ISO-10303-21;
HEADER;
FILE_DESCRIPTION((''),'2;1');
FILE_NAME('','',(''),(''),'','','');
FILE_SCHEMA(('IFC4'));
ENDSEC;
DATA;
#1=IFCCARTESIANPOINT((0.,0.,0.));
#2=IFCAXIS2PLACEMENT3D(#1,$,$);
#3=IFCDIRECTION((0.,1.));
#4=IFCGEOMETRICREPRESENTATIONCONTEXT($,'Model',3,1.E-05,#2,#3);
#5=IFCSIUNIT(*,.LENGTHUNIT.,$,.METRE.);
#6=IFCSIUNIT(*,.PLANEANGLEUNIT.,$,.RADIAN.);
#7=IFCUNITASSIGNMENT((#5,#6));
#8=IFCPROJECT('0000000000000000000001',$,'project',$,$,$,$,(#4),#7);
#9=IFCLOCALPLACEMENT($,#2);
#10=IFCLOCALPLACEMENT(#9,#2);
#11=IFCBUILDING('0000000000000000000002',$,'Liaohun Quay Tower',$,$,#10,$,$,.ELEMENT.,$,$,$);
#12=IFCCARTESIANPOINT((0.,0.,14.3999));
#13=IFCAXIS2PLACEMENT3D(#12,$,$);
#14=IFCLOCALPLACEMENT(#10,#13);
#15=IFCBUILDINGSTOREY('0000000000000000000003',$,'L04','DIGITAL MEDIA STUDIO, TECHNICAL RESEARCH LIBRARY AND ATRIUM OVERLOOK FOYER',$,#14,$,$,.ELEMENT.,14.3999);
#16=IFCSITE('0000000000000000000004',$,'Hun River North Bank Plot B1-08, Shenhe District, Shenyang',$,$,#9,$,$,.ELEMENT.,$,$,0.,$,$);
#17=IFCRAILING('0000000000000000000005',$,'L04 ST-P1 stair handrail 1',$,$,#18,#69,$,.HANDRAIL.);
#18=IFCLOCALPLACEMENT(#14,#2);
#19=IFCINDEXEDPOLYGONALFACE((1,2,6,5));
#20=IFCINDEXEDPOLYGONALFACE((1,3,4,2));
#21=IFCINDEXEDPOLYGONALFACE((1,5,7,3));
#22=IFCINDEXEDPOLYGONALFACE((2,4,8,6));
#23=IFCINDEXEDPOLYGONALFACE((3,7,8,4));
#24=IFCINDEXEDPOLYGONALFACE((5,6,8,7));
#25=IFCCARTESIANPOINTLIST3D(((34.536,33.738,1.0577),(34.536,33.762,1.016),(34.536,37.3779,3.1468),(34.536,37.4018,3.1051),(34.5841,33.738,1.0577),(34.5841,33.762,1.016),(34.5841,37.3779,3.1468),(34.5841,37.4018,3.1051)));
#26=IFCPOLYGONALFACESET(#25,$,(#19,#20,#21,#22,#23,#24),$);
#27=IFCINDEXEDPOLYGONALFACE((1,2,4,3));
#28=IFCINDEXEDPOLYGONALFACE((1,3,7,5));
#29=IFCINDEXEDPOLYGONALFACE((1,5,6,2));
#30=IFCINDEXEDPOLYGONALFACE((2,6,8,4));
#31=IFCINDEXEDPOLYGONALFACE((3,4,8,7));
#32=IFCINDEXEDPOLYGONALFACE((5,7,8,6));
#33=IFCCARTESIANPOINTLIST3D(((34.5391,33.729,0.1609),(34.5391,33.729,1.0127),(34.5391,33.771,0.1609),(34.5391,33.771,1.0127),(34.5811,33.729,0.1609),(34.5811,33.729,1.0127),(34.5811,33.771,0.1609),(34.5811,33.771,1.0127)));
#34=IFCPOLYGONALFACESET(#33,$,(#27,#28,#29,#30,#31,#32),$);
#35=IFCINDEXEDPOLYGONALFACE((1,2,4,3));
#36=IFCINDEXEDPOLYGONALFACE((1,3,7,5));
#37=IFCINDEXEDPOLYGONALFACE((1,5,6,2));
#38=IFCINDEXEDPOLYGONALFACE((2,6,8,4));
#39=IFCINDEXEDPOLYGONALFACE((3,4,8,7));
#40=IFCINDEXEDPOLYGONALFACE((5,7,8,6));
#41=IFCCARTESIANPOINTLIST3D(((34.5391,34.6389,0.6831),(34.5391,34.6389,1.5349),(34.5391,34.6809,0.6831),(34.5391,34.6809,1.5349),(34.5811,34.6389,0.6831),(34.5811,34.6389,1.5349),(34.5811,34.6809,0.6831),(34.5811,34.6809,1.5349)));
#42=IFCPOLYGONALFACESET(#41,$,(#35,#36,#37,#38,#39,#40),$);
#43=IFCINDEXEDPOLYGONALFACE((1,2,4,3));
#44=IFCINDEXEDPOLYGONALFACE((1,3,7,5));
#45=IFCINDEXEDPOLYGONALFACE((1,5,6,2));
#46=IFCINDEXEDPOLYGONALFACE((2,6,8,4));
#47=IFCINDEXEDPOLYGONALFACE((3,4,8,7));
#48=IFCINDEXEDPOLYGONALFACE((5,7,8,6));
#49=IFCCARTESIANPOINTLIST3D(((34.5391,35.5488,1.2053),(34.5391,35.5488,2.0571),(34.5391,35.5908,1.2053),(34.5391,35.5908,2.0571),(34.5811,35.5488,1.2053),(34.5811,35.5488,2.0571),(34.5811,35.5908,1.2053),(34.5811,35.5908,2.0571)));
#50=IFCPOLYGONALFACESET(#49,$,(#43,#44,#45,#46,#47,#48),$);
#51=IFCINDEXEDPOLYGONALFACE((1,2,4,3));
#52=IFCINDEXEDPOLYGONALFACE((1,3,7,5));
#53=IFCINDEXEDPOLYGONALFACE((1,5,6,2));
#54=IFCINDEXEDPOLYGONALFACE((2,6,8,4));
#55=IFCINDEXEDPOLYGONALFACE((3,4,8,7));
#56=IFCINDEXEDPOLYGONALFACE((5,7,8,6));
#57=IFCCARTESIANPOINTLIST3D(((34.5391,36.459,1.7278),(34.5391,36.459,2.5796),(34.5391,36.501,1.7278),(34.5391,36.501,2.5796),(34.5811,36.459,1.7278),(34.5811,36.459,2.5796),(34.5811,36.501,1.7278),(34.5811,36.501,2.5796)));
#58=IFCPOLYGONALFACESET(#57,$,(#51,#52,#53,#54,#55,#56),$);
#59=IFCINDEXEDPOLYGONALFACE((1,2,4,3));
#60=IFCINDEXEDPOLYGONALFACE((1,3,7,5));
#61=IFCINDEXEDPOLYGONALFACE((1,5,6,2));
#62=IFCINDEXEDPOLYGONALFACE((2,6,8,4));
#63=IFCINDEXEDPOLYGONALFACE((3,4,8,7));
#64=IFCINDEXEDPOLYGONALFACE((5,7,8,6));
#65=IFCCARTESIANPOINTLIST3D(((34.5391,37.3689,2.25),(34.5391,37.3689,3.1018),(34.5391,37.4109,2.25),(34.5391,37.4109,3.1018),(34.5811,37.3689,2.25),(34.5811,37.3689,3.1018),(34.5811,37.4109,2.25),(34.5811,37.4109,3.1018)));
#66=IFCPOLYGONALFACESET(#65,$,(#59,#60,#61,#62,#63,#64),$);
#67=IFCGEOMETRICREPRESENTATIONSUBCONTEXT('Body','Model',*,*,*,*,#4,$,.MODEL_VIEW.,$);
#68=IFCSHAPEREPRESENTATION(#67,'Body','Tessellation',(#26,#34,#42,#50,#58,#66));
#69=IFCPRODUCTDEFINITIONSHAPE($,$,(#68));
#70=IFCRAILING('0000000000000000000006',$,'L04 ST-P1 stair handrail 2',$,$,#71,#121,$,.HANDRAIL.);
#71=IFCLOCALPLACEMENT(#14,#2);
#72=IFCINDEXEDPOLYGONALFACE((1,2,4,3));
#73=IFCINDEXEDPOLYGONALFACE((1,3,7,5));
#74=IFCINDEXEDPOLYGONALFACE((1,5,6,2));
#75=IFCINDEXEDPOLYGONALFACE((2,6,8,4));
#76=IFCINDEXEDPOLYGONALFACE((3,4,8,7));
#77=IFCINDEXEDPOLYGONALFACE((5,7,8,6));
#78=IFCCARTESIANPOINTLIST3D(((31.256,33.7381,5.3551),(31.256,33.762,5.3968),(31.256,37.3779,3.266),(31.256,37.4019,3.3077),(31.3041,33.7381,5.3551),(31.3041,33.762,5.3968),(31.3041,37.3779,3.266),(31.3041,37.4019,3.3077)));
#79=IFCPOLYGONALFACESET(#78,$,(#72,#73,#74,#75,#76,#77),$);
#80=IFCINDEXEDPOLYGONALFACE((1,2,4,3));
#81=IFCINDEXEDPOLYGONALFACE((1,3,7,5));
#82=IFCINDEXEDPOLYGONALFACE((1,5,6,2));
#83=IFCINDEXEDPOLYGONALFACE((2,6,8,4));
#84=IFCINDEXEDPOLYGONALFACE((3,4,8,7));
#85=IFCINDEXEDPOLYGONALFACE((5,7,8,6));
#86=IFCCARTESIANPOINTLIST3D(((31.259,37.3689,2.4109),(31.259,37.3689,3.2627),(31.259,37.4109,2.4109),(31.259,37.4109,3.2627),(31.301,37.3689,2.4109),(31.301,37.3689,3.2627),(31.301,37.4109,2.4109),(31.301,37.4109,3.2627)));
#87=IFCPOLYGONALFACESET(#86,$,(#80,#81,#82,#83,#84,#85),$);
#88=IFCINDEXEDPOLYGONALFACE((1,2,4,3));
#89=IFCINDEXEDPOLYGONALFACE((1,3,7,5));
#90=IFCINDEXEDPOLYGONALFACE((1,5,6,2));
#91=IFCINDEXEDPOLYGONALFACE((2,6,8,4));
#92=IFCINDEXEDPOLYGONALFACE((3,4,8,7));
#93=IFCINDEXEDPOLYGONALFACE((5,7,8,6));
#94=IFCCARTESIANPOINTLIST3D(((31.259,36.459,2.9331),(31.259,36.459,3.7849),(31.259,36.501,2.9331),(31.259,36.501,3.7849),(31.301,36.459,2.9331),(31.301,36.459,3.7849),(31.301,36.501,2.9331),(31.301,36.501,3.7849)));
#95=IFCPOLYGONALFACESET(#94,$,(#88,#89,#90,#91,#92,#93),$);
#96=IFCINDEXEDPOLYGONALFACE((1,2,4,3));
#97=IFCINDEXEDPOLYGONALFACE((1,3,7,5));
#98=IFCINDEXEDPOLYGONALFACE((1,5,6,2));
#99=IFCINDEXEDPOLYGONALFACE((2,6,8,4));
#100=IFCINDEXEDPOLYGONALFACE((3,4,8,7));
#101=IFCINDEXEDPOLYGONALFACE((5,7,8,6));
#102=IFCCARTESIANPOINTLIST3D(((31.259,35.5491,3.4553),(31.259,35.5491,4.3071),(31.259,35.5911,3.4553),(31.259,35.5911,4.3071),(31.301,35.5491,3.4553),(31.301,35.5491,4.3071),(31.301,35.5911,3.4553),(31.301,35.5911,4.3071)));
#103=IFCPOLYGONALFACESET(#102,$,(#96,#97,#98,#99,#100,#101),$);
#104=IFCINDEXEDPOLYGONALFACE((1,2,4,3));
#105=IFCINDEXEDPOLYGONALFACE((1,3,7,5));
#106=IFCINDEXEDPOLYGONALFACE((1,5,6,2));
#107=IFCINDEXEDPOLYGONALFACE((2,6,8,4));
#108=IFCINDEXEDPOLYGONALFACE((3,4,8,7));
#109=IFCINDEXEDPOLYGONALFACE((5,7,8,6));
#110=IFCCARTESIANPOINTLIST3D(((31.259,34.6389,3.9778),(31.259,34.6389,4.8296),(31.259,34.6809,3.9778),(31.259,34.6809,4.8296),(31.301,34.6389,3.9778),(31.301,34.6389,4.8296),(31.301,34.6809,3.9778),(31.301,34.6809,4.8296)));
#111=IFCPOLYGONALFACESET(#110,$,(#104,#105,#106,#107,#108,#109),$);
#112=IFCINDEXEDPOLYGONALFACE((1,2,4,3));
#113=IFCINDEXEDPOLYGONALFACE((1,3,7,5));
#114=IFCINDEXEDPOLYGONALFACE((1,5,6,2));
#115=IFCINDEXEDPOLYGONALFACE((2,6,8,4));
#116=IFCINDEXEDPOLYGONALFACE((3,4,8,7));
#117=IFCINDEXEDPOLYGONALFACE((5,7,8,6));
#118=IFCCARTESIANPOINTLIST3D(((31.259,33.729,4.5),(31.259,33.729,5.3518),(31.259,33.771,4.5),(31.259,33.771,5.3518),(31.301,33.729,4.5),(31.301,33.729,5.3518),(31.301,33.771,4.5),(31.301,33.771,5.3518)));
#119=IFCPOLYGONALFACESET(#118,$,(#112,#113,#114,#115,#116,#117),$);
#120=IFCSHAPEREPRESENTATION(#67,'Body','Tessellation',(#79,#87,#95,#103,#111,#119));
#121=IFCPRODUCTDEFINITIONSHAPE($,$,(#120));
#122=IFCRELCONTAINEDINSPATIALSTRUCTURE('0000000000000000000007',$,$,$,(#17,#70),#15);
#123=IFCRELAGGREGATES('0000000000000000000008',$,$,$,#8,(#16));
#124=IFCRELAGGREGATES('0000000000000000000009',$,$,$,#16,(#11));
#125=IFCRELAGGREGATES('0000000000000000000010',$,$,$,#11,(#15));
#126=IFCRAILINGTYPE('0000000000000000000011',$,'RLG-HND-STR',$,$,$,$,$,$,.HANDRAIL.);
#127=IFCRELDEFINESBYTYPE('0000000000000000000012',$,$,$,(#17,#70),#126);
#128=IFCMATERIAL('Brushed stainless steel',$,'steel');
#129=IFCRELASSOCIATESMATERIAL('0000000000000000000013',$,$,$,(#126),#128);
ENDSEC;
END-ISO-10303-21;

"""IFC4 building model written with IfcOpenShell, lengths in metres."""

from ifc_helpers import new_model, si_unit, direction, frame, origin, origin_2d, place, context, subcontext, project, spatial, rectangle, extrude, material, type_object, element, save


model = new_model("IFC4")

# Units and contexts
model_context = context("Model", 3, precision=1e-05, world=origin(), true_north=direction((0.0, 1.0)))
body_context = subcontext(model_context, "Body", "Model", "MODEL_VIEW")
ifc_project = project(units=[si_unit("LENGTHUNIT", "METRE"), si_unit("PLANEANGLEUNIT", "RADIAN")], contexts=[model_context])

# Site, building, storey
site_placement = place(None, origin())
site = spatial("IfcSite", under=ifc_project, at=site_placement, Name="Hun River North Bank Plot B1-08, Shenhe District, Shenyang", CompositionType="ELEMENT", RefElevation=0.0)
building_placement = place(site_placement, origin())
building = spatial("IfcBuilding", under=site, at=building_placement, Name="Liaohun Quay Tower", CompositionType="ELEMENT")
storey_placement = place(building_placement, frame((0.0, 0.0, 14.3999)))
storey = spatial("IfcBuildingStorey", under=building, at=storey_placement, Name="L04", Description="DIGITAL MEDIA STUDIO, TECHNICAL RESEARCH LIBRARY AND ATRIUM OVERLOOK FOYER", CompositionType="ELEMENT", Elevation=14.3999)

# Railings
ifc_material_1 = material(Name="Brushed stainless steel", Category="steel")
railing_type_1 = type_object("IfcRailingType", Name="RLG-HND-STR", PredefinedType="HANDRAIL", material=ifc_material_1)
railing_1_placement = place(storey_placement, frame((34.5601, 33.75, 0.1609)))
element("IfcRailing", 1, at=railing_1_placement, inside=storey, type_object=railing_type_1, Name="L04 ST-P1 stair handrail 1", PredefinedType="HANDRAIL", context=body_context, shape_type="SweptSolid", body=[
    extrude(rectangle(XDim=0.0481, YDim=0.0481, at=origin_2d()), frame((0.0, 0.0, 0.876), z_axis=(0.0, 0.8673, 0.497786), x_axis=(-1.0, 0.0, 0.0)), (0.0, 0.0, 1.0), 4.1968),
    extrude(rectangle(XDim=0.042, YDim=0.042, at=origin_2d()), origin(), (0.0, 0.0, 1.0), 0.8518),
    extrude(rectangle(XDim=0.042, YDim=0.042, at=origin_2d()), frame((0.0, 0.9099, 0.5222)), (0.0, 0.0, 1.0), 0.8518),
    extrude(rectangle(XDim=0.042, YDim=0.042, at=origin_2d()), frame((0.0, 1.8198, 1.0444)), (0.0, 0.0, 1.0), 0.8518),
    extrude(rectangle(XDim=0.042, YDim=0.042, at=origin_2d()), frame((0.0, 2.73, 1.5669)), (0.0, 0.0, 1.0), 0.8518),
    extrude(rectangle(XDim=0.042, YDim=0.042, at=origin_2d()), frame((0.0, 3.6399, 2.0891)), (0.0, 0.0, 1.0), 0.8518),
])
railing_2_placement = place(storey_placement, frame((31.28, 37.3899, 2.4109)))
element("IfcRailing", 2, at=railing_2_placement, inside=storey, type_object=railing_type_1, Name="L04 ST-P1 stair handrail 2", PredefinedType="HANDRAIL", context=body_context, shape_type="SweptSolid", body=[
    extrude(rectangle(XDim=0.0481, YDim=0.0481, at=origin_2d()), frame((0.0, 0.0, 0.876), z_axis=(0.0, -0.8673, 0.497786), x_axis=(1.0, 0.0, 0.0)), (0.0, 0.0, 1.0), 4.1968),
    extrude(rectangle(XDim=0.042, YDim=0.042, at=origin_2d()), origin(), (0.0, 0.0, 1.0), 0.8518),
    extrude(rectangle(XDim=0.042, YDim=0.042, at=origin_2d()), frame((0.0, -0.9099, 0.5222)), (0.0, 0.0, 1.0), 0.8518),
    extrude(rectangle(XDim=0.042, YDim=0.042, at=origin_2d()), frame((0.0, -1.8198, 1.0444)), (0.0, 0.0, 1.0), 0.8518),
    extrude(rectangle(XDim=0.042, YDim=0.042, at=origin_2d()), frame((0.0, -2.73, 1.5669)), (0.0, 0.0, 1.0), 0.8518),
    extrude(rectangle(XDim=0.042, YDim=0.042, at=origin_2d()), frame((0.0, -3.6399, 2.0891)), (0.0, 0.0, 1.0), 0.8518),
])

save(model, "model.ifc")
